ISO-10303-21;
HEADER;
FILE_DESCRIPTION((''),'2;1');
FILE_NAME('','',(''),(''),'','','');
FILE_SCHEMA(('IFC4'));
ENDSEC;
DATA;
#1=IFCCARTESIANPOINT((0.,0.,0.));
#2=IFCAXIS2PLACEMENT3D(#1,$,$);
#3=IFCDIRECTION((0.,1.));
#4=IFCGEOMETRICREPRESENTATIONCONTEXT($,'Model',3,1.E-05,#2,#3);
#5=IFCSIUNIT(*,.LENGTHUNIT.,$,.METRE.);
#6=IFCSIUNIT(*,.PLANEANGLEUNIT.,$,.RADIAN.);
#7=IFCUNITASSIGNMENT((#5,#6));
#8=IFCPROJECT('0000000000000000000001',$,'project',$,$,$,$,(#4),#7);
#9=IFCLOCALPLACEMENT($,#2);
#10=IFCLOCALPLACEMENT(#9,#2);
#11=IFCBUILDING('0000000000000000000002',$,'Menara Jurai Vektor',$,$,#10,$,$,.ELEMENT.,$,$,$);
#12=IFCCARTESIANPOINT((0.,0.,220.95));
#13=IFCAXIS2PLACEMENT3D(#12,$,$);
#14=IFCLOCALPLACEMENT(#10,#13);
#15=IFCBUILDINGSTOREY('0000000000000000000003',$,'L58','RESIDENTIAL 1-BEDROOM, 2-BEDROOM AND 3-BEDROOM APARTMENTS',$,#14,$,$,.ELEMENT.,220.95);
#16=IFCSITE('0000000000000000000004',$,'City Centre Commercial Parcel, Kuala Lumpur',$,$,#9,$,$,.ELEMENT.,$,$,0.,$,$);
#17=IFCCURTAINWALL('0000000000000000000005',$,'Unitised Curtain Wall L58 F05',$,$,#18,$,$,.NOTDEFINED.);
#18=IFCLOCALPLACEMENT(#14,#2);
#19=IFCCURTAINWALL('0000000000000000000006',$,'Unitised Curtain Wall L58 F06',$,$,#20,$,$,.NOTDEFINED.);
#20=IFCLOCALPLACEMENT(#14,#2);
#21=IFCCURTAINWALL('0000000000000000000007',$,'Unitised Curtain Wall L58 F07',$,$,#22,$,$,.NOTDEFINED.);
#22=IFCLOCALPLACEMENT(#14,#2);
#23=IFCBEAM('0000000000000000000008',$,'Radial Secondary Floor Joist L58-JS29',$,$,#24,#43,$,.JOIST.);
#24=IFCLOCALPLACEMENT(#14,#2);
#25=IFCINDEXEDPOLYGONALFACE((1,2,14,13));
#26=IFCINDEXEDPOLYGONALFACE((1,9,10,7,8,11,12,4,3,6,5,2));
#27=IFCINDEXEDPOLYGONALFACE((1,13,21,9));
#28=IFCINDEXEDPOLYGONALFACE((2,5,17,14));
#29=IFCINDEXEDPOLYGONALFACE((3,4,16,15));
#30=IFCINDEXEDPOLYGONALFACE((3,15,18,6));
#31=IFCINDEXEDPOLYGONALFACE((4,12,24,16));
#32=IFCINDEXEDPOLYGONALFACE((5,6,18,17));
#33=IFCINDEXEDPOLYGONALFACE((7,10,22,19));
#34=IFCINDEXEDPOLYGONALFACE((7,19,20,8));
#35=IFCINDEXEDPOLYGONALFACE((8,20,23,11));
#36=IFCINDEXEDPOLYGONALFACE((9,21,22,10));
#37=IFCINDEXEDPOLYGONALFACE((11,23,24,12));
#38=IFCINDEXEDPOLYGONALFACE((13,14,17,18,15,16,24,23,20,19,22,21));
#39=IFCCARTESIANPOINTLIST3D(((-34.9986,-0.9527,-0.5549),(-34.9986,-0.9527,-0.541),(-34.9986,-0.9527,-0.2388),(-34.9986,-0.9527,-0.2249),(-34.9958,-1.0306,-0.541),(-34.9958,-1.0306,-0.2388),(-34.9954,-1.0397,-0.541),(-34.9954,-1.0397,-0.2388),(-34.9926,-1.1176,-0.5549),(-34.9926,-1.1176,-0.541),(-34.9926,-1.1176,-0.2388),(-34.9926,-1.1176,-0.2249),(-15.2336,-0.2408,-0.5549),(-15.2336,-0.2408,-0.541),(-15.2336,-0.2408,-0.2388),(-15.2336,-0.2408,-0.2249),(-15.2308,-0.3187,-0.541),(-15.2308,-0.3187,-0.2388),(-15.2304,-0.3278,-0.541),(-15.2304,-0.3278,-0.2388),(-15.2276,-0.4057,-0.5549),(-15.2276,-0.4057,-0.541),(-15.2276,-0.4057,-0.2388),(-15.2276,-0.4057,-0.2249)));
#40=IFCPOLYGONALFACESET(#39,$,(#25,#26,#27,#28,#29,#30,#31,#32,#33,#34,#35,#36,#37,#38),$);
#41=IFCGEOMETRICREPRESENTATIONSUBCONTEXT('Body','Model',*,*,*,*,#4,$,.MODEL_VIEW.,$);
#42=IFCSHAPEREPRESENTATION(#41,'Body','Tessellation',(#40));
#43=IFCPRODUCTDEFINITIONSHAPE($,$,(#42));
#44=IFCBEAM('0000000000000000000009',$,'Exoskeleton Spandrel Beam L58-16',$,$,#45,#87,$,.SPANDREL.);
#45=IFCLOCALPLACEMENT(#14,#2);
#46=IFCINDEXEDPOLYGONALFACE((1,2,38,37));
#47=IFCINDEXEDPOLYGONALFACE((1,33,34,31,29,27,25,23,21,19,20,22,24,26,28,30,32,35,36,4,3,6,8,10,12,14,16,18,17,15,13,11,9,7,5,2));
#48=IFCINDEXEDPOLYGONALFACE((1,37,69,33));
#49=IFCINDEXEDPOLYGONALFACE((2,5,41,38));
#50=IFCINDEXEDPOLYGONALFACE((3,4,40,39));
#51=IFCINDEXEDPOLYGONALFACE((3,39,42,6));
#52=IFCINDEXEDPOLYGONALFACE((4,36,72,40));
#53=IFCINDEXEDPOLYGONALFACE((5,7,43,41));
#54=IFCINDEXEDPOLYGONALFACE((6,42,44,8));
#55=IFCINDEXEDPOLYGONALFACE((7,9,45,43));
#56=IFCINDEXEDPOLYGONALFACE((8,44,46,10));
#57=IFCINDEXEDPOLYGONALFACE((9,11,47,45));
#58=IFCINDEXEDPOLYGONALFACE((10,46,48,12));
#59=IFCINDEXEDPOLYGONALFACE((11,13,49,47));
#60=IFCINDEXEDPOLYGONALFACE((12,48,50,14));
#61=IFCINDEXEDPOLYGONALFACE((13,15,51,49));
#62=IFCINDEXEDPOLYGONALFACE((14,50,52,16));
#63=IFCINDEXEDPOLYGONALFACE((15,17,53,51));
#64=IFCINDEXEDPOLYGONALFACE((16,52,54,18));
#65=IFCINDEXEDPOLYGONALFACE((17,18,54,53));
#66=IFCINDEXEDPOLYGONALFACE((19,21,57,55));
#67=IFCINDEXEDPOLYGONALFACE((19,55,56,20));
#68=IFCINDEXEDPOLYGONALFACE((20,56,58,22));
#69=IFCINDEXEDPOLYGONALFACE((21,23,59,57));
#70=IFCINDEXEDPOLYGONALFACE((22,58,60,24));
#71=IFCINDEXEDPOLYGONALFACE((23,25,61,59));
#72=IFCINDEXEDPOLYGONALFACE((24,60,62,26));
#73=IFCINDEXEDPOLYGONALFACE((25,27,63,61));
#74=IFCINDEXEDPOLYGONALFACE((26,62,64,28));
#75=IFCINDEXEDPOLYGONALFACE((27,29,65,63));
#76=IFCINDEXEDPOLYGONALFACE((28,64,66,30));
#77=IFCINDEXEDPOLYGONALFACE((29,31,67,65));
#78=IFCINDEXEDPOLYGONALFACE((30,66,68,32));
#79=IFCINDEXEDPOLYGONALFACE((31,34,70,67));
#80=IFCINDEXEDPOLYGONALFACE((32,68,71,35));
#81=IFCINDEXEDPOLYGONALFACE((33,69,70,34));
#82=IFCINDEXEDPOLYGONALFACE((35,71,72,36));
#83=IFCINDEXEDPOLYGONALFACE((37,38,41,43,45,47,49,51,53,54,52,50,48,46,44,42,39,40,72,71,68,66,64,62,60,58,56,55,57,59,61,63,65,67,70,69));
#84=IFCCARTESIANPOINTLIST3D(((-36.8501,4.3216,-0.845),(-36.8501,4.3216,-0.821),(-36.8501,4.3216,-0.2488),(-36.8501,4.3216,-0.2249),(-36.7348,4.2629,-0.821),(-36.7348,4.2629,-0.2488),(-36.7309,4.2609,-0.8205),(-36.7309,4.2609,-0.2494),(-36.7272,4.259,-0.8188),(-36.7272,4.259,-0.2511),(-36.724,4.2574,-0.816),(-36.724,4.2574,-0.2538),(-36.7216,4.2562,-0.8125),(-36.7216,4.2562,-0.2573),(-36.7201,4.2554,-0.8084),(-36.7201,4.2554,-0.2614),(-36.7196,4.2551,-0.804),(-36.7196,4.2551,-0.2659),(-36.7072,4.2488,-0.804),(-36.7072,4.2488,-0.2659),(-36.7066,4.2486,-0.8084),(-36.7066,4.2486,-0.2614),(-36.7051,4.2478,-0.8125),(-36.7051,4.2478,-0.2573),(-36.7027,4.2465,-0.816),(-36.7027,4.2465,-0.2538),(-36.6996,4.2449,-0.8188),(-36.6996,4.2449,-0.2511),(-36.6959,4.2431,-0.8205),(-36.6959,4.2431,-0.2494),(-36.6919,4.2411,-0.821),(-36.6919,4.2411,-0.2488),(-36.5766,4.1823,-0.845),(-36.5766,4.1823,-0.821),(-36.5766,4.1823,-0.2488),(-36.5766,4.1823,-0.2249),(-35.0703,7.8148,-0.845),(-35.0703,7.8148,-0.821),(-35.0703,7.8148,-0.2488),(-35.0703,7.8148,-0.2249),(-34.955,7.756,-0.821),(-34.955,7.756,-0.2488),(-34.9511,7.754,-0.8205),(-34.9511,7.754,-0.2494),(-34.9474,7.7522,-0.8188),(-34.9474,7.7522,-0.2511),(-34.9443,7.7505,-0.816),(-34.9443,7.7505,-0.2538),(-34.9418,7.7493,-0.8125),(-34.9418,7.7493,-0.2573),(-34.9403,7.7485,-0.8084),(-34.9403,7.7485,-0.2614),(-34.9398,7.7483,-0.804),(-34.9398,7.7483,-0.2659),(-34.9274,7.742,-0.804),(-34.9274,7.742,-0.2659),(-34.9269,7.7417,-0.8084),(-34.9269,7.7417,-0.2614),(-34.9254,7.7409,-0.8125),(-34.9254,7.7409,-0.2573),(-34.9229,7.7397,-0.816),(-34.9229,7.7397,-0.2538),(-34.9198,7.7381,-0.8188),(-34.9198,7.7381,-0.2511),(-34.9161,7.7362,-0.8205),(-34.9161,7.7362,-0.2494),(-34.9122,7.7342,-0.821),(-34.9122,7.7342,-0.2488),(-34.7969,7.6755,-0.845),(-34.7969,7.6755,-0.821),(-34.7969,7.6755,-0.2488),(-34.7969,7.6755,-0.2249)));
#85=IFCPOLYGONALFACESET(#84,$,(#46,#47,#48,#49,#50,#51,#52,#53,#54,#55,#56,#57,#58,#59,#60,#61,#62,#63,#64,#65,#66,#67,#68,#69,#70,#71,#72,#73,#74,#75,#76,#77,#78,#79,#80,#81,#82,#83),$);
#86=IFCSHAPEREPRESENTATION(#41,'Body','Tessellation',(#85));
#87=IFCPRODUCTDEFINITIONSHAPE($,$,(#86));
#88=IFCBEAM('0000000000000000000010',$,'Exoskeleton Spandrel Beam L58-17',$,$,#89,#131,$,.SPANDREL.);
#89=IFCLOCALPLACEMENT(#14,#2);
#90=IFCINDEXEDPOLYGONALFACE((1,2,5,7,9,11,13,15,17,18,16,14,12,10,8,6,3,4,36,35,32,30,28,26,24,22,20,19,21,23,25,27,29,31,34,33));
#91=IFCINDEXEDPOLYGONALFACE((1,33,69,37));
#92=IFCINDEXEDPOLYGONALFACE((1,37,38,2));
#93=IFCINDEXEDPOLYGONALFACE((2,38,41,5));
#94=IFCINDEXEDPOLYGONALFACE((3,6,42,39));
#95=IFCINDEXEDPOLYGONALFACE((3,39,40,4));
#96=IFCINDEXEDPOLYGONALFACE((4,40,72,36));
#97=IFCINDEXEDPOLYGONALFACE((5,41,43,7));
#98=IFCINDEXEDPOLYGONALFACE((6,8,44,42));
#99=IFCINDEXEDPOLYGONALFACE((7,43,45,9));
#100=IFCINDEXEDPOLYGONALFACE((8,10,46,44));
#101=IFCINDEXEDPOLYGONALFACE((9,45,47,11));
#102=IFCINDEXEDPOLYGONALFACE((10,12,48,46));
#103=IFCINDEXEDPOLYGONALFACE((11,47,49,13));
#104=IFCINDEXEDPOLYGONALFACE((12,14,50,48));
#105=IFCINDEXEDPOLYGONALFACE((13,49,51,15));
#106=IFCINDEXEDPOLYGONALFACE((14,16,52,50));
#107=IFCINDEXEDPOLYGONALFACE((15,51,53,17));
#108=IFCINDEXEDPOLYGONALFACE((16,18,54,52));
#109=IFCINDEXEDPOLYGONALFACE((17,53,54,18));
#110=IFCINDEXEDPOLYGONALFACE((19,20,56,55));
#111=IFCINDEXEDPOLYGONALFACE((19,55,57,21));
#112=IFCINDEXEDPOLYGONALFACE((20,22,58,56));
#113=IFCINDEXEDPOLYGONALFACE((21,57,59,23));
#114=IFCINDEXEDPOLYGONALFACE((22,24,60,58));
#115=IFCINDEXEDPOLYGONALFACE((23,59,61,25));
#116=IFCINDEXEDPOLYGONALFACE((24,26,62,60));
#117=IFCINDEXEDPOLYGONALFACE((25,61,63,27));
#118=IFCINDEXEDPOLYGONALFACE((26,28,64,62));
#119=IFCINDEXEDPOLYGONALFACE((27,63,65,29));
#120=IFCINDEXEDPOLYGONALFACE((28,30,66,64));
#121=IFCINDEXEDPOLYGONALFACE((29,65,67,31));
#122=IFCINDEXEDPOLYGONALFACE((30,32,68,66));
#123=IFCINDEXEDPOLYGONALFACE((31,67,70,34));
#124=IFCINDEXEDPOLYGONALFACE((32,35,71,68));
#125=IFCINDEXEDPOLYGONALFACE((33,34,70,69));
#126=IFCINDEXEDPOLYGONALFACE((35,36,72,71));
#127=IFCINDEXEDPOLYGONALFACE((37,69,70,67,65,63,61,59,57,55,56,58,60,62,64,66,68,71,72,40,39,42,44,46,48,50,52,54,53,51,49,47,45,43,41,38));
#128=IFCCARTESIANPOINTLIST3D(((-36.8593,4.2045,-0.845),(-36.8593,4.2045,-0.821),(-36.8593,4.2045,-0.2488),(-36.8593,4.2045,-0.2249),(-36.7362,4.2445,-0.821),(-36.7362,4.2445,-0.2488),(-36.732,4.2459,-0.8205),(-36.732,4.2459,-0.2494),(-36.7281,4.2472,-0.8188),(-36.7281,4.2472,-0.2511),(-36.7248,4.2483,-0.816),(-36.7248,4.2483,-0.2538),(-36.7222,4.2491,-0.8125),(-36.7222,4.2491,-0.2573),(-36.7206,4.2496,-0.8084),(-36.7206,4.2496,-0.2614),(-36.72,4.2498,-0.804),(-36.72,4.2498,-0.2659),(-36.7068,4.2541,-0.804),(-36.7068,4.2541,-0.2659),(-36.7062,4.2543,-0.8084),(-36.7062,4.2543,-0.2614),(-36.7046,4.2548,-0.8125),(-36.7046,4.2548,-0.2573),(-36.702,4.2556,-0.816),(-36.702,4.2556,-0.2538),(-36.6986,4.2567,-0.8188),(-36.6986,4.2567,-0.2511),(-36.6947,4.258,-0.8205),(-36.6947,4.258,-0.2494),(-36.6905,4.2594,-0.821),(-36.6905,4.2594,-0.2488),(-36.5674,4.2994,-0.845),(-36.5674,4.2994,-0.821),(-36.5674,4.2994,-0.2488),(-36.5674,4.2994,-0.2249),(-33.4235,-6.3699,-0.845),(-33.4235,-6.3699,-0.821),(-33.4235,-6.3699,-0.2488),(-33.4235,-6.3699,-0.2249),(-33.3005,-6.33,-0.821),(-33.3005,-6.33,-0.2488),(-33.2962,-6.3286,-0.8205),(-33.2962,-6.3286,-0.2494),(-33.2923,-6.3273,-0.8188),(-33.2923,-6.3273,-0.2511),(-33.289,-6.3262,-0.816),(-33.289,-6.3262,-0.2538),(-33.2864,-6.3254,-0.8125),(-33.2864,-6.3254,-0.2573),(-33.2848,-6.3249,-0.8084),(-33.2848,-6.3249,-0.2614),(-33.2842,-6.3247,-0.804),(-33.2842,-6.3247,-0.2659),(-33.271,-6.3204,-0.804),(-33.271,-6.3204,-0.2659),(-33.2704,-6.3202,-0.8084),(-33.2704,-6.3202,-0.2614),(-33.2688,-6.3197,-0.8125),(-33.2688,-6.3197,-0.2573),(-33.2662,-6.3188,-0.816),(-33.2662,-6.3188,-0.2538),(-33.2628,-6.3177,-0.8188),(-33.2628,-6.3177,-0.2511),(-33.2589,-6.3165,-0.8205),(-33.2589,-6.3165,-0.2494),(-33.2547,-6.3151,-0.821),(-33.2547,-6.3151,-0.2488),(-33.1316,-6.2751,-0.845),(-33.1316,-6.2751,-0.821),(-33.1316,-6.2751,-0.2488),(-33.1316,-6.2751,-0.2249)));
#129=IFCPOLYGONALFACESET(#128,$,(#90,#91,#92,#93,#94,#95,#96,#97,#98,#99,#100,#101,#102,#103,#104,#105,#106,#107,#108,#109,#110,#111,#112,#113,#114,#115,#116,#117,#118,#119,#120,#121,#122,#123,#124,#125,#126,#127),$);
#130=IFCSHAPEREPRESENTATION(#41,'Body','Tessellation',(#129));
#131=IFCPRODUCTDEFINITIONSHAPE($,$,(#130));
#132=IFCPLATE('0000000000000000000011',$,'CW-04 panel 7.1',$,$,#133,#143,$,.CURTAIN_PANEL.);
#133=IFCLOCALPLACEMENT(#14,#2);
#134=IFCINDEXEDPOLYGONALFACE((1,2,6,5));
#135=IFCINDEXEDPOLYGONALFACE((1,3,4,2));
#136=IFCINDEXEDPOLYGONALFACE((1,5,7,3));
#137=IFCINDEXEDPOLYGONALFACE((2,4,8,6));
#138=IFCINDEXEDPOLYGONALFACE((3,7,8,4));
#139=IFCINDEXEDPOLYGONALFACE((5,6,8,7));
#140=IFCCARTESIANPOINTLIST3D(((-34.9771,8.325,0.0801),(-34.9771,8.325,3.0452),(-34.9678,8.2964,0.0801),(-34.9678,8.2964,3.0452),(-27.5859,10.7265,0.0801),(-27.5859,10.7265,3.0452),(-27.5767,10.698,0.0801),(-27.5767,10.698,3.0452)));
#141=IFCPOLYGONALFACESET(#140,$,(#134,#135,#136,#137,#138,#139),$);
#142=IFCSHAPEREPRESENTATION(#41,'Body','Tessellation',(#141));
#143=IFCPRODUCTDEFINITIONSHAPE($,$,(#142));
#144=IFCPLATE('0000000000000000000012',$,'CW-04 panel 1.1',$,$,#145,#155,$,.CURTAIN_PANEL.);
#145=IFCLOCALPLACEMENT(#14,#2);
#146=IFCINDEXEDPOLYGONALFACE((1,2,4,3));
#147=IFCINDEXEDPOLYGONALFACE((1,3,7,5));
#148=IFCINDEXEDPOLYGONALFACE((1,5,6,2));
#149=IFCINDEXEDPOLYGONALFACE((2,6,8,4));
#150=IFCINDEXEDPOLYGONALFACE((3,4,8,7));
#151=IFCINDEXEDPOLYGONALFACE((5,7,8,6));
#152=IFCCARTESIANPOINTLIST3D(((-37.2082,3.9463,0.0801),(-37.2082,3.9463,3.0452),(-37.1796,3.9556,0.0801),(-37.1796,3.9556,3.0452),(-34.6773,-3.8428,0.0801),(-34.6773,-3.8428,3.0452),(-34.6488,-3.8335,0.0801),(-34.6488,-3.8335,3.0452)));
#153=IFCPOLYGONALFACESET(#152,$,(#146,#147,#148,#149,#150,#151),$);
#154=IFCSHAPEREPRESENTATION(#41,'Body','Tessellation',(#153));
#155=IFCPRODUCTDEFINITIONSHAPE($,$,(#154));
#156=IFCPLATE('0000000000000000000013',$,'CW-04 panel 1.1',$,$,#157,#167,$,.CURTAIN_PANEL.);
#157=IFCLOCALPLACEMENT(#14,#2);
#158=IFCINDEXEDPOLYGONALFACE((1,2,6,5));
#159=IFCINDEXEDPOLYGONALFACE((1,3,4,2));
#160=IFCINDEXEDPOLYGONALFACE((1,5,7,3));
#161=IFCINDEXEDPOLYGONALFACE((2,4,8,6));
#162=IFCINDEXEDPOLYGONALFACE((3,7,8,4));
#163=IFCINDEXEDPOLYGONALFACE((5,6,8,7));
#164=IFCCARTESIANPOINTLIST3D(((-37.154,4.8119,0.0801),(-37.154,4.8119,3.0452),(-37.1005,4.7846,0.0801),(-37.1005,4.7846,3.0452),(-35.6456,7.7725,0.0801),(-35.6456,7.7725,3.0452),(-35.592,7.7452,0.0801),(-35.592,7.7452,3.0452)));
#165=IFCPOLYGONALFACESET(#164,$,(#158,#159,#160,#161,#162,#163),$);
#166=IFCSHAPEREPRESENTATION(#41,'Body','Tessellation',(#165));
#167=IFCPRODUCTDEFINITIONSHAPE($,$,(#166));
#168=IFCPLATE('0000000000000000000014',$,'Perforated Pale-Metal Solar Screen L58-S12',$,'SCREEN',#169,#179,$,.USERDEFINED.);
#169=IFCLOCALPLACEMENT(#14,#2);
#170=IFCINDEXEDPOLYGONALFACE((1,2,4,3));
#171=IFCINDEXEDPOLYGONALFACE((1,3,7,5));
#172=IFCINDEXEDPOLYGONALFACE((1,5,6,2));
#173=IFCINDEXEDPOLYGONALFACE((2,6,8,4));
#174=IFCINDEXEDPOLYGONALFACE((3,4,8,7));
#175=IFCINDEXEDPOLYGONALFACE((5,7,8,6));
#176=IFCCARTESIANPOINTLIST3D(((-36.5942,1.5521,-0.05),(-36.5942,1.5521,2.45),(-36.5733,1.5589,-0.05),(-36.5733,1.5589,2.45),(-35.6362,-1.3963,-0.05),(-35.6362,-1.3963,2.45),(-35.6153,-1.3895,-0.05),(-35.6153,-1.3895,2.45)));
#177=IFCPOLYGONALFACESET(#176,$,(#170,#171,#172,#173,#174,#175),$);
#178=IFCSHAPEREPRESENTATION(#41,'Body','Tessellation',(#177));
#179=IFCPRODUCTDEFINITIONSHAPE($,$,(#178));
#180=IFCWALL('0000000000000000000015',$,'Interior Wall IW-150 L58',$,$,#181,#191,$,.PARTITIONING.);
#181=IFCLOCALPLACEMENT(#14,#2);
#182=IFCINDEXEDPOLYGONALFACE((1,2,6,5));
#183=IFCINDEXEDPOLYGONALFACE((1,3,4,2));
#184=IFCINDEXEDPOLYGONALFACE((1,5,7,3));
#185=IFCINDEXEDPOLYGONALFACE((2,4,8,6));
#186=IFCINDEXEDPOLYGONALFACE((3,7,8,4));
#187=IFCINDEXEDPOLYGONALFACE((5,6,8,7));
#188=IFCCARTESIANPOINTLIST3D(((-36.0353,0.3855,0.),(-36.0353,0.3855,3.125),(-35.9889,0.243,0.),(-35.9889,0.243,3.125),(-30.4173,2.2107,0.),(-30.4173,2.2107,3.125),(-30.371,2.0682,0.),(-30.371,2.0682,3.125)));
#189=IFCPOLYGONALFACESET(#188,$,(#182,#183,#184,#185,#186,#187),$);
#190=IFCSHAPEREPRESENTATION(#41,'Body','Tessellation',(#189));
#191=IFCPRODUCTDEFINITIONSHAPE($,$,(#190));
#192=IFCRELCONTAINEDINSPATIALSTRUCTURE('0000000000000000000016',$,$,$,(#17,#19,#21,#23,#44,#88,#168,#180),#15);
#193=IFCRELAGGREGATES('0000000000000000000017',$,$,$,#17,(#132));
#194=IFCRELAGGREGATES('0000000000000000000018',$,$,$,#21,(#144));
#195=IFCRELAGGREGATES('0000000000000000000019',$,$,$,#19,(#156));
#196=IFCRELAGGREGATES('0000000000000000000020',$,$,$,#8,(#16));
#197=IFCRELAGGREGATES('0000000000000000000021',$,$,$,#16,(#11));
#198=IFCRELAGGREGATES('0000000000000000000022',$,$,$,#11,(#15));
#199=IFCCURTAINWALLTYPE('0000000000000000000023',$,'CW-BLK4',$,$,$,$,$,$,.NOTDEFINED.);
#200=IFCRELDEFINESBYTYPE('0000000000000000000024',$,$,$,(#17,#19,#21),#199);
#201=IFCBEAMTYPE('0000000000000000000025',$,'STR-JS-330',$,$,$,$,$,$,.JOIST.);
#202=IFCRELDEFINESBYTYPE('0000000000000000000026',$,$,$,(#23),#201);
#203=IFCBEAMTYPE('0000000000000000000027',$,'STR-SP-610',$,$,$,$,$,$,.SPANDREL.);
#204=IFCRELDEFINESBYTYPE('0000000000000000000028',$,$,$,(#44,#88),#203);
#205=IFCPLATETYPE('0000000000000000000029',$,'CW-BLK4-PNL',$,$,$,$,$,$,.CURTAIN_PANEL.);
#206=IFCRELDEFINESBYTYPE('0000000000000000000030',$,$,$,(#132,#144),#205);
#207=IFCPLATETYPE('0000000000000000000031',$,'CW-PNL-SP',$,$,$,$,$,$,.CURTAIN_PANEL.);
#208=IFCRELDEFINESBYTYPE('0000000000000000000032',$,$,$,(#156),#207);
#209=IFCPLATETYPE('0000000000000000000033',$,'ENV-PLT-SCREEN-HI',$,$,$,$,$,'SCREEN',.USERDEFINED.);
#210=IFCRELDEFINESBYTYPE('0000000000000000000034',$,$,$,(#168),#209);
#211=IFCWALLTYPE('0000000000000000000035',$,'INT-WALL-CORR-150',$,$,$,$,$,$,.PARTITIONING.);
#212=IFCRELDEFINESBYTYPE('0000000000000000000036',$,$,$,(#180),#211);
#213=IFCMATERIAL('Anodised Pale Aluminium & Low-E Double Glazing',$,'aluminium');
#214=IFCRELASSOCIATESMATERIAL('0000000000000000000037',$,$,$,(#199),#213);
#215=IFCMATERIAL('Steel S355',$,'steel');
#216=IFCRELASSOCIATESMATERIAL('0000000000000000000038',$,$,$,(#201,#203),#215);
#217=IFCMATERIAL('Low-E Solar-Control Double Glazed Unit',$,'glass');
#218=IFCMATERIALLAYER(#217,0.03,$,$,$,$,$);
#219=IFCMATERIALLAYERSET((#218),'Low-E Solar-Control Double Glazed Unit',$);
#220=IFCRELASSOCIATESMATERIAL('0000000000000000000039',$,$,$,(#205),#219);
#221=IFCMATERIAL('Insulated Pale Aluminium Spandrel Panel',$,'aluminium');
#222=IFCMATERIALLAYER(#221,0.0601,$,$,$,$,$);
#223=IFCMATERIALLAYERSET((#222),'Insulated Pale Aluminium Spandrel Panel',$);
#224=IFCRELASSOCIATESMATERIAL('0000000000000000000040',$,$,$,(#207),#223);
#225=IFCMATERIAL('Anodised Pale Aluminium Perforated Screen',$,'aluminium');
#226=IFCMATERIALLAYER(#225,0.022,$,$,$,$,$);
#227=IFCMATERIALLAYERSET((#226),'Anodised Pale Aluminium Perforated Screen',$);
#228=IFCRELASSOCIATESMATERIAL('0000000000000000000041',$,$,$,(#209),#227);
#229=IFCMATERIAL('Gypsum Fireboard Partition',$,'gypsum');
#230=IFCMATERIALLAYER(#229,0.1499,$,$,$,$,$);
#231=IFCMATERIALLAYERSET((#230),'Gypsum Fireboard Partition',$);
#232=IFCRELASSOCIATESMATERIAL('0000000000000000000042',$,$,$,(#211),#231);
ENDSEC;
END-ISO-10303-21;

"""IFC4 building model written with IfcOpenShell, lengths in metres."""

from ifc_helpers import new_model, si_unit, direction, frame, frame_2d, origin, origin_2d, place, context, subcontext, project, spatial, rectangle, i_section, extrude, material, layer, layer_set, material_profile, profile_set, type_object, element, aggregate, save


model = new_model("IFC4")

# Units and contexts
model_context = context("Model", 3, precision=1e-05, world=origin(), true_north=direction((0.0, 1.0)))
body_context = subcontext(model_context, "Body", "Model", "MODEL_VIEW")
ifc_project = project(units=[si_unit("LENGTHUNIT", "METRE"), si_unit("PLANEANGLEUNIT", "RADIAN")], contexts=[model_context])

# Site, building, storey
site_placement = place(None, origin())
site = spatial("IfcSite", under=ifc_project, at=site_placement, Name="City Centre Commercial Parcel, Kuala Lumpur", CompositionType="ELEMENT", RefElevation=0.0)
building_placement = place(site_placement, origin())
building = spatial("IfcBuilding", under=site, at=building_placement, Name="Menara Jurai Vektor", CompositionType="ELEMENT")
storey_placement = place(building_placement, frame((0.0, 0.0, 220.95)))
storey = spatial("IfcBuildingStorey", under=building, at=storey_placement, Name="L58", Description="RESIDENTIAL 1-BEDROOM, 2-BEDROOM AND 3-BEDROOM APARTMENTS", CompositionType="ELEMENT", Elevation=220.95)

# Curtain wall
ifc_material_1 = material(Name="Anodised Pale Aluminium & Low-E Double Glazing", Category="aluminium")
curtain_wall_type = type_object("IfcCurtainWallType", Name="CW-BLK4", PredefinedType="NOTDEFINED", material=ifc_material_1)
curtain_wall_1_placement = place(storey_placement, origin())
curtain_wall_1 = element("IfcCurtainWall", 1, at=curtain_wall_1_placement, inside=storey, type_object=curtain_wall_type, Name="Unitised Curtain Wall L58 F05", PredefinedType="NOTDEFINED")

# Curtain wall
curtain_wall_2_placement = place(storey_placement, origin())
curtain_wall_2 = element("IfcCurtainWall", 2, at=curtain_wall_2_placement, inside=storey, type_object=curtain_wall_type, Name="Unitised Curtain Wall L58 F06", PredefinedType="NOTDEFINED")

# Curtain wall
curtain_wall_3_placement = place(storey_placement, origin())
curtain_wall_3 = element("IfcCurtainWall", 3, at=curtain_wall_3_placement, inside=storey, type_object=curtain_wall_type, Name="Unitised Curtain Wall L58 F07", PredefinedType="NOTDEFINED")

# Shared definitions
ifc_material_2 = material(Name="Steel S355", Category="steel")

# Beams
ifc_material_profile_1 = material_profile(ifc_material_2, i_section(OverallWidth=0.165, OverallDepth=0.3301, WebThickness=0.009, FlangeThickness=0.0139, at=origin_2d()), Name="PG 330x165x46")
ifc_profile_set_1 = profile_set([ifc_material_profile_1], Name="Steel S355")
beam_type_1 = type_object("IfcBeamType", Name="STR-JS-330", PredefinedType="JOIST", material=ifc_profile_set_1)
beam_1_placement = place(storey_placement, frame((-34.9956, -1.0352, -0.3899), z_axis=(0.999352, 0.035995, 0.0), x_axis=(-0.035995, 0.999352, 0.0)))
element("IfcBeam", 4, at=beam_1_placement, inside=storey, type_object=beam_type_1, Name="Radial Secondary Floor Joist L58-JS29", PredefinedType="JOIST", context=body_context, shape_type="SweptSolid", body=[
    extrude(i_section(OverallWidth=0.165, OverallDepth=0.3301, WebThickness=0.009, FlangeThickness=0.0139, at=origin_2d()), origin(), (0.0, 0.0, 1.0), 19.7778),
])
ifc_material_profile_2 = material_profile(ifc_material_2, i_section(OverallWidth=0.3069, OverallDepth=0.6201, WebThickness=0.0139, FlangeThickness=0.0239, FilletRadius=0.0171, at=origin_2d()), Name="UKB 610x305x179")
ifc_profile_set_2 = profile_set([ifc_material_profile_2], Name="Steel S355")
beam_type_2 = type_object("IfcBeamType", Name="STR-SP-610", PredefinedType="SPANDREL", material=ifc_profile_set_2)
beam_2_placement = place(storey_placement, frame((-34.9336, 7.7451, -0.5349), z_axis=(-0.453976, -0.891014, 0.0), x_axis=(0.891014, -0.453976, 0.0)))
element("IfcBeam", 5, at=beam_2_placement, inside=storey, type_object=beam_type_2, Name="Exoskeleton Spandrel Beam L58-16", PredefinedType="SPANDREL", context=body_context, shape_type="SweptSolid", body=[
    extrude(i_section(OverallWidth=0.3069, OverallDepth=0.6201, WebThickness=0.0139, FlangeThickness=0.0239, FilletRadius=0.0171, at=origin_2d()), origin(), (0.0, 0.0, 1.0), 3.9204),
])
beam_3_placement = place(storey_placement, frame((-36.7134, 4.252, -0.5349), z_axis=(0.309012, -0.951058, 0.0), x_axis=(0.951058, 0.309012, 0.0)))
element("IfcBeam", 6, at=beam_3_placement, inside=storey, type_object=beam_type_2, Name="Exoskeleton Spandrel Beam L58-17", PredefinedType="SPANDREL", context=body_context, shape_type="SweptSolid", body=[
    extrude(i_section(OverallWidth=0.3069, OverallDepth=0.6201, WebThickness=0.0139, FlangeThickness=0.0239, FilletRadius=0.0171, at=origin_2d()), origin(), (0.0, 0.0, 1.0), 11.1187),
])

# Plates
ifc_material_3 = material(Name="Low-E Solar-Control Double Glazed Unit", Category="glass")
ifc_layer_1 = layer(ifc_material_3, 0.03)
ifc_layer_set_1 = layer_set([ifc_layer_1], Name="Low-E Solar-Control Double Glazed Unit")
plate_type_1 = type_object("IfcPlateType", Name="CW-BLK4-PNL", PredefinedType="CURTAIN_PANEL", material=ifc_layer_set_1)
plate_1_placement = place(storey_placement, frame((-31.2769, 9.5115, 0.0801), z_axis=(0.0, 0.0, 1.0), x_axis=(-0.951056, -0.309017, 0.0)))
plate_1 = element("IfcPlate", 7, at=plate_1_placement, type_object=plate_type_1, Name="CW-04 panel 7.1", PredefinedType="CURTAIN_PANEL", context=body_context, shape_type="SweptSolid", body=[
    extrude(rectangle(XDim=7.7715, YDim=0.03, at=origin_2d()), origin(), (0.0, 0.0, 1.0), 2.9651),
])
aggregate(curtain_wall_1, [plate_1])
plate_2_placement = place(storey_placement, frame((-35.9285, 0.0564, 0.0801), z_axis=(0.0, 0.0, 1.0), x_axis=(0.309016, -0.951057, 0.0)))
plate_2 = element("IfcPlate", 8, at=plate_2_placement, type_object=plate_type_1, Name="CW-04 panel 1.1", PredefinedType="CURTAIN_PANEL", context=body_context, shape_type="SweptSolid", body=[
    extrude(rectangle(XDim=8.1899, YDim=0.03, at=origin_2d()), origin(), (0.0, 0.0, 1.0), 2.9651),
])
aggregate(curtain_wall_3, [plate_2])
ifc_material_4 = material(Name="Insulated Pale Aluminium Spandrel Panel", Category="aluminium")
ifc_layer_2 = layer(ifc_material_4, 0.0601)
ifc_layer_set_2 = layer_set([ifc_layer_2], Name="Insulated Pale Aluminium Spandrel Panel")
plate_type_2 = type_object("IfcPlateType", Name="CW-PNL-SP", PredefinedType="CURTAIN_PANEL", material=ifc_layer_set_2)
plate_3_placement = place(storey_placement, frame((-36.373, 6.2786, 0.0801), z_axis=(0.0, 0.0, 1.0), x_axis=(-0.453989, -0.891008, 0.0)))
plate_3 = element("IfcPlate", 9, at=plate_3_placement, type_object=plate_type_2, Name="CW-04 panel 1.1", PredefinedType="CURTAIN_PANEL", context=body_context, shape_type="SweptSolid", body=[
    extrude(rectangle(XDim=3.3228, YDim=0.0601, at=origin_2d()), origin(), (0.0, 0.0, 1.0), 2.9651),
])
aggregate(curtain_wall_2, [plate_3])
ifc_material_5 = material(Name="Anodised Pale Aluminium Perforated Screen", Category="aluminium")
ifc_layer_3 = layer(ifc_material_5, 0.022)
ifc_layer_set_3 = layer_set([ifc_layer_3], Name="Anodised Pale Aluminium Perforated Screen")
plate_type_3 = type_object("IfcPlateType", Name="ENV-PLT-SCREEN-HI", ElementType="SCREEN", PredefinedType="USERDEFINED", material=ifc_layer_set_3)
plate_4_placement = place(storey_placement, frame((-36.1047, 0.0813, -0.05), z_axis=(0.0, 0.0, 1.0), x_axis=(0.309017, -0.951057, 0.0)))
element("IfcPlate", 10, at=plate_4_placement, inside=storey, type_object=plate_type_3, Name="Perforated Pale-Metal Solar Screen L58-S12", ObjectType="SCREEN", PredefinedType="USERDEFINED", context=body_context, shape_type="SweptSolid", body=[
    extrude(rectangle(XDim=3.1001, YDim=0.022, at=origin_2d()), origin(), (0.0, 0.0, 1.0), 2.5),
])

# Wall
ifc_material_6 = material(Name="Gypsum Fireboard Partition", Category="gypsum")
ifc_layer_4 = layer(ifc_material_6, 0.1499)
ifc_layer_set_4 = layer_set([ifc_layer_4], Name="Gypsum Fireboard Partition")
wall_type = type_object("IfcWallType", Name="INT-WALL-CORR-150", PredefinedType="PARTITIONING", material=ifc_layer_set_4)
wall_1_placement = place(storey_placement, frame((-36.0122, 0.3142, 0.0), z_axis=(0.0, 0.0, 1.0), x_axis=(0.951065, 0.30899, 0.0)))
element("IfcWall", 11, at=wall_1_placement, inside=storey, type_object=wall_type, Name="Interior Wall IW-150 L58", PredefinedType="PARTITIONING", context=body_context, shape_type="SweptSolid", body=[
    extrude(rectangle(XDim=5.907, YDim=0.1499, at=frame_2d((2.9536, 0.0))), origin(), (0.0, 0.0, 1.0), 3.125),
])

save(model, "model.ifc")
